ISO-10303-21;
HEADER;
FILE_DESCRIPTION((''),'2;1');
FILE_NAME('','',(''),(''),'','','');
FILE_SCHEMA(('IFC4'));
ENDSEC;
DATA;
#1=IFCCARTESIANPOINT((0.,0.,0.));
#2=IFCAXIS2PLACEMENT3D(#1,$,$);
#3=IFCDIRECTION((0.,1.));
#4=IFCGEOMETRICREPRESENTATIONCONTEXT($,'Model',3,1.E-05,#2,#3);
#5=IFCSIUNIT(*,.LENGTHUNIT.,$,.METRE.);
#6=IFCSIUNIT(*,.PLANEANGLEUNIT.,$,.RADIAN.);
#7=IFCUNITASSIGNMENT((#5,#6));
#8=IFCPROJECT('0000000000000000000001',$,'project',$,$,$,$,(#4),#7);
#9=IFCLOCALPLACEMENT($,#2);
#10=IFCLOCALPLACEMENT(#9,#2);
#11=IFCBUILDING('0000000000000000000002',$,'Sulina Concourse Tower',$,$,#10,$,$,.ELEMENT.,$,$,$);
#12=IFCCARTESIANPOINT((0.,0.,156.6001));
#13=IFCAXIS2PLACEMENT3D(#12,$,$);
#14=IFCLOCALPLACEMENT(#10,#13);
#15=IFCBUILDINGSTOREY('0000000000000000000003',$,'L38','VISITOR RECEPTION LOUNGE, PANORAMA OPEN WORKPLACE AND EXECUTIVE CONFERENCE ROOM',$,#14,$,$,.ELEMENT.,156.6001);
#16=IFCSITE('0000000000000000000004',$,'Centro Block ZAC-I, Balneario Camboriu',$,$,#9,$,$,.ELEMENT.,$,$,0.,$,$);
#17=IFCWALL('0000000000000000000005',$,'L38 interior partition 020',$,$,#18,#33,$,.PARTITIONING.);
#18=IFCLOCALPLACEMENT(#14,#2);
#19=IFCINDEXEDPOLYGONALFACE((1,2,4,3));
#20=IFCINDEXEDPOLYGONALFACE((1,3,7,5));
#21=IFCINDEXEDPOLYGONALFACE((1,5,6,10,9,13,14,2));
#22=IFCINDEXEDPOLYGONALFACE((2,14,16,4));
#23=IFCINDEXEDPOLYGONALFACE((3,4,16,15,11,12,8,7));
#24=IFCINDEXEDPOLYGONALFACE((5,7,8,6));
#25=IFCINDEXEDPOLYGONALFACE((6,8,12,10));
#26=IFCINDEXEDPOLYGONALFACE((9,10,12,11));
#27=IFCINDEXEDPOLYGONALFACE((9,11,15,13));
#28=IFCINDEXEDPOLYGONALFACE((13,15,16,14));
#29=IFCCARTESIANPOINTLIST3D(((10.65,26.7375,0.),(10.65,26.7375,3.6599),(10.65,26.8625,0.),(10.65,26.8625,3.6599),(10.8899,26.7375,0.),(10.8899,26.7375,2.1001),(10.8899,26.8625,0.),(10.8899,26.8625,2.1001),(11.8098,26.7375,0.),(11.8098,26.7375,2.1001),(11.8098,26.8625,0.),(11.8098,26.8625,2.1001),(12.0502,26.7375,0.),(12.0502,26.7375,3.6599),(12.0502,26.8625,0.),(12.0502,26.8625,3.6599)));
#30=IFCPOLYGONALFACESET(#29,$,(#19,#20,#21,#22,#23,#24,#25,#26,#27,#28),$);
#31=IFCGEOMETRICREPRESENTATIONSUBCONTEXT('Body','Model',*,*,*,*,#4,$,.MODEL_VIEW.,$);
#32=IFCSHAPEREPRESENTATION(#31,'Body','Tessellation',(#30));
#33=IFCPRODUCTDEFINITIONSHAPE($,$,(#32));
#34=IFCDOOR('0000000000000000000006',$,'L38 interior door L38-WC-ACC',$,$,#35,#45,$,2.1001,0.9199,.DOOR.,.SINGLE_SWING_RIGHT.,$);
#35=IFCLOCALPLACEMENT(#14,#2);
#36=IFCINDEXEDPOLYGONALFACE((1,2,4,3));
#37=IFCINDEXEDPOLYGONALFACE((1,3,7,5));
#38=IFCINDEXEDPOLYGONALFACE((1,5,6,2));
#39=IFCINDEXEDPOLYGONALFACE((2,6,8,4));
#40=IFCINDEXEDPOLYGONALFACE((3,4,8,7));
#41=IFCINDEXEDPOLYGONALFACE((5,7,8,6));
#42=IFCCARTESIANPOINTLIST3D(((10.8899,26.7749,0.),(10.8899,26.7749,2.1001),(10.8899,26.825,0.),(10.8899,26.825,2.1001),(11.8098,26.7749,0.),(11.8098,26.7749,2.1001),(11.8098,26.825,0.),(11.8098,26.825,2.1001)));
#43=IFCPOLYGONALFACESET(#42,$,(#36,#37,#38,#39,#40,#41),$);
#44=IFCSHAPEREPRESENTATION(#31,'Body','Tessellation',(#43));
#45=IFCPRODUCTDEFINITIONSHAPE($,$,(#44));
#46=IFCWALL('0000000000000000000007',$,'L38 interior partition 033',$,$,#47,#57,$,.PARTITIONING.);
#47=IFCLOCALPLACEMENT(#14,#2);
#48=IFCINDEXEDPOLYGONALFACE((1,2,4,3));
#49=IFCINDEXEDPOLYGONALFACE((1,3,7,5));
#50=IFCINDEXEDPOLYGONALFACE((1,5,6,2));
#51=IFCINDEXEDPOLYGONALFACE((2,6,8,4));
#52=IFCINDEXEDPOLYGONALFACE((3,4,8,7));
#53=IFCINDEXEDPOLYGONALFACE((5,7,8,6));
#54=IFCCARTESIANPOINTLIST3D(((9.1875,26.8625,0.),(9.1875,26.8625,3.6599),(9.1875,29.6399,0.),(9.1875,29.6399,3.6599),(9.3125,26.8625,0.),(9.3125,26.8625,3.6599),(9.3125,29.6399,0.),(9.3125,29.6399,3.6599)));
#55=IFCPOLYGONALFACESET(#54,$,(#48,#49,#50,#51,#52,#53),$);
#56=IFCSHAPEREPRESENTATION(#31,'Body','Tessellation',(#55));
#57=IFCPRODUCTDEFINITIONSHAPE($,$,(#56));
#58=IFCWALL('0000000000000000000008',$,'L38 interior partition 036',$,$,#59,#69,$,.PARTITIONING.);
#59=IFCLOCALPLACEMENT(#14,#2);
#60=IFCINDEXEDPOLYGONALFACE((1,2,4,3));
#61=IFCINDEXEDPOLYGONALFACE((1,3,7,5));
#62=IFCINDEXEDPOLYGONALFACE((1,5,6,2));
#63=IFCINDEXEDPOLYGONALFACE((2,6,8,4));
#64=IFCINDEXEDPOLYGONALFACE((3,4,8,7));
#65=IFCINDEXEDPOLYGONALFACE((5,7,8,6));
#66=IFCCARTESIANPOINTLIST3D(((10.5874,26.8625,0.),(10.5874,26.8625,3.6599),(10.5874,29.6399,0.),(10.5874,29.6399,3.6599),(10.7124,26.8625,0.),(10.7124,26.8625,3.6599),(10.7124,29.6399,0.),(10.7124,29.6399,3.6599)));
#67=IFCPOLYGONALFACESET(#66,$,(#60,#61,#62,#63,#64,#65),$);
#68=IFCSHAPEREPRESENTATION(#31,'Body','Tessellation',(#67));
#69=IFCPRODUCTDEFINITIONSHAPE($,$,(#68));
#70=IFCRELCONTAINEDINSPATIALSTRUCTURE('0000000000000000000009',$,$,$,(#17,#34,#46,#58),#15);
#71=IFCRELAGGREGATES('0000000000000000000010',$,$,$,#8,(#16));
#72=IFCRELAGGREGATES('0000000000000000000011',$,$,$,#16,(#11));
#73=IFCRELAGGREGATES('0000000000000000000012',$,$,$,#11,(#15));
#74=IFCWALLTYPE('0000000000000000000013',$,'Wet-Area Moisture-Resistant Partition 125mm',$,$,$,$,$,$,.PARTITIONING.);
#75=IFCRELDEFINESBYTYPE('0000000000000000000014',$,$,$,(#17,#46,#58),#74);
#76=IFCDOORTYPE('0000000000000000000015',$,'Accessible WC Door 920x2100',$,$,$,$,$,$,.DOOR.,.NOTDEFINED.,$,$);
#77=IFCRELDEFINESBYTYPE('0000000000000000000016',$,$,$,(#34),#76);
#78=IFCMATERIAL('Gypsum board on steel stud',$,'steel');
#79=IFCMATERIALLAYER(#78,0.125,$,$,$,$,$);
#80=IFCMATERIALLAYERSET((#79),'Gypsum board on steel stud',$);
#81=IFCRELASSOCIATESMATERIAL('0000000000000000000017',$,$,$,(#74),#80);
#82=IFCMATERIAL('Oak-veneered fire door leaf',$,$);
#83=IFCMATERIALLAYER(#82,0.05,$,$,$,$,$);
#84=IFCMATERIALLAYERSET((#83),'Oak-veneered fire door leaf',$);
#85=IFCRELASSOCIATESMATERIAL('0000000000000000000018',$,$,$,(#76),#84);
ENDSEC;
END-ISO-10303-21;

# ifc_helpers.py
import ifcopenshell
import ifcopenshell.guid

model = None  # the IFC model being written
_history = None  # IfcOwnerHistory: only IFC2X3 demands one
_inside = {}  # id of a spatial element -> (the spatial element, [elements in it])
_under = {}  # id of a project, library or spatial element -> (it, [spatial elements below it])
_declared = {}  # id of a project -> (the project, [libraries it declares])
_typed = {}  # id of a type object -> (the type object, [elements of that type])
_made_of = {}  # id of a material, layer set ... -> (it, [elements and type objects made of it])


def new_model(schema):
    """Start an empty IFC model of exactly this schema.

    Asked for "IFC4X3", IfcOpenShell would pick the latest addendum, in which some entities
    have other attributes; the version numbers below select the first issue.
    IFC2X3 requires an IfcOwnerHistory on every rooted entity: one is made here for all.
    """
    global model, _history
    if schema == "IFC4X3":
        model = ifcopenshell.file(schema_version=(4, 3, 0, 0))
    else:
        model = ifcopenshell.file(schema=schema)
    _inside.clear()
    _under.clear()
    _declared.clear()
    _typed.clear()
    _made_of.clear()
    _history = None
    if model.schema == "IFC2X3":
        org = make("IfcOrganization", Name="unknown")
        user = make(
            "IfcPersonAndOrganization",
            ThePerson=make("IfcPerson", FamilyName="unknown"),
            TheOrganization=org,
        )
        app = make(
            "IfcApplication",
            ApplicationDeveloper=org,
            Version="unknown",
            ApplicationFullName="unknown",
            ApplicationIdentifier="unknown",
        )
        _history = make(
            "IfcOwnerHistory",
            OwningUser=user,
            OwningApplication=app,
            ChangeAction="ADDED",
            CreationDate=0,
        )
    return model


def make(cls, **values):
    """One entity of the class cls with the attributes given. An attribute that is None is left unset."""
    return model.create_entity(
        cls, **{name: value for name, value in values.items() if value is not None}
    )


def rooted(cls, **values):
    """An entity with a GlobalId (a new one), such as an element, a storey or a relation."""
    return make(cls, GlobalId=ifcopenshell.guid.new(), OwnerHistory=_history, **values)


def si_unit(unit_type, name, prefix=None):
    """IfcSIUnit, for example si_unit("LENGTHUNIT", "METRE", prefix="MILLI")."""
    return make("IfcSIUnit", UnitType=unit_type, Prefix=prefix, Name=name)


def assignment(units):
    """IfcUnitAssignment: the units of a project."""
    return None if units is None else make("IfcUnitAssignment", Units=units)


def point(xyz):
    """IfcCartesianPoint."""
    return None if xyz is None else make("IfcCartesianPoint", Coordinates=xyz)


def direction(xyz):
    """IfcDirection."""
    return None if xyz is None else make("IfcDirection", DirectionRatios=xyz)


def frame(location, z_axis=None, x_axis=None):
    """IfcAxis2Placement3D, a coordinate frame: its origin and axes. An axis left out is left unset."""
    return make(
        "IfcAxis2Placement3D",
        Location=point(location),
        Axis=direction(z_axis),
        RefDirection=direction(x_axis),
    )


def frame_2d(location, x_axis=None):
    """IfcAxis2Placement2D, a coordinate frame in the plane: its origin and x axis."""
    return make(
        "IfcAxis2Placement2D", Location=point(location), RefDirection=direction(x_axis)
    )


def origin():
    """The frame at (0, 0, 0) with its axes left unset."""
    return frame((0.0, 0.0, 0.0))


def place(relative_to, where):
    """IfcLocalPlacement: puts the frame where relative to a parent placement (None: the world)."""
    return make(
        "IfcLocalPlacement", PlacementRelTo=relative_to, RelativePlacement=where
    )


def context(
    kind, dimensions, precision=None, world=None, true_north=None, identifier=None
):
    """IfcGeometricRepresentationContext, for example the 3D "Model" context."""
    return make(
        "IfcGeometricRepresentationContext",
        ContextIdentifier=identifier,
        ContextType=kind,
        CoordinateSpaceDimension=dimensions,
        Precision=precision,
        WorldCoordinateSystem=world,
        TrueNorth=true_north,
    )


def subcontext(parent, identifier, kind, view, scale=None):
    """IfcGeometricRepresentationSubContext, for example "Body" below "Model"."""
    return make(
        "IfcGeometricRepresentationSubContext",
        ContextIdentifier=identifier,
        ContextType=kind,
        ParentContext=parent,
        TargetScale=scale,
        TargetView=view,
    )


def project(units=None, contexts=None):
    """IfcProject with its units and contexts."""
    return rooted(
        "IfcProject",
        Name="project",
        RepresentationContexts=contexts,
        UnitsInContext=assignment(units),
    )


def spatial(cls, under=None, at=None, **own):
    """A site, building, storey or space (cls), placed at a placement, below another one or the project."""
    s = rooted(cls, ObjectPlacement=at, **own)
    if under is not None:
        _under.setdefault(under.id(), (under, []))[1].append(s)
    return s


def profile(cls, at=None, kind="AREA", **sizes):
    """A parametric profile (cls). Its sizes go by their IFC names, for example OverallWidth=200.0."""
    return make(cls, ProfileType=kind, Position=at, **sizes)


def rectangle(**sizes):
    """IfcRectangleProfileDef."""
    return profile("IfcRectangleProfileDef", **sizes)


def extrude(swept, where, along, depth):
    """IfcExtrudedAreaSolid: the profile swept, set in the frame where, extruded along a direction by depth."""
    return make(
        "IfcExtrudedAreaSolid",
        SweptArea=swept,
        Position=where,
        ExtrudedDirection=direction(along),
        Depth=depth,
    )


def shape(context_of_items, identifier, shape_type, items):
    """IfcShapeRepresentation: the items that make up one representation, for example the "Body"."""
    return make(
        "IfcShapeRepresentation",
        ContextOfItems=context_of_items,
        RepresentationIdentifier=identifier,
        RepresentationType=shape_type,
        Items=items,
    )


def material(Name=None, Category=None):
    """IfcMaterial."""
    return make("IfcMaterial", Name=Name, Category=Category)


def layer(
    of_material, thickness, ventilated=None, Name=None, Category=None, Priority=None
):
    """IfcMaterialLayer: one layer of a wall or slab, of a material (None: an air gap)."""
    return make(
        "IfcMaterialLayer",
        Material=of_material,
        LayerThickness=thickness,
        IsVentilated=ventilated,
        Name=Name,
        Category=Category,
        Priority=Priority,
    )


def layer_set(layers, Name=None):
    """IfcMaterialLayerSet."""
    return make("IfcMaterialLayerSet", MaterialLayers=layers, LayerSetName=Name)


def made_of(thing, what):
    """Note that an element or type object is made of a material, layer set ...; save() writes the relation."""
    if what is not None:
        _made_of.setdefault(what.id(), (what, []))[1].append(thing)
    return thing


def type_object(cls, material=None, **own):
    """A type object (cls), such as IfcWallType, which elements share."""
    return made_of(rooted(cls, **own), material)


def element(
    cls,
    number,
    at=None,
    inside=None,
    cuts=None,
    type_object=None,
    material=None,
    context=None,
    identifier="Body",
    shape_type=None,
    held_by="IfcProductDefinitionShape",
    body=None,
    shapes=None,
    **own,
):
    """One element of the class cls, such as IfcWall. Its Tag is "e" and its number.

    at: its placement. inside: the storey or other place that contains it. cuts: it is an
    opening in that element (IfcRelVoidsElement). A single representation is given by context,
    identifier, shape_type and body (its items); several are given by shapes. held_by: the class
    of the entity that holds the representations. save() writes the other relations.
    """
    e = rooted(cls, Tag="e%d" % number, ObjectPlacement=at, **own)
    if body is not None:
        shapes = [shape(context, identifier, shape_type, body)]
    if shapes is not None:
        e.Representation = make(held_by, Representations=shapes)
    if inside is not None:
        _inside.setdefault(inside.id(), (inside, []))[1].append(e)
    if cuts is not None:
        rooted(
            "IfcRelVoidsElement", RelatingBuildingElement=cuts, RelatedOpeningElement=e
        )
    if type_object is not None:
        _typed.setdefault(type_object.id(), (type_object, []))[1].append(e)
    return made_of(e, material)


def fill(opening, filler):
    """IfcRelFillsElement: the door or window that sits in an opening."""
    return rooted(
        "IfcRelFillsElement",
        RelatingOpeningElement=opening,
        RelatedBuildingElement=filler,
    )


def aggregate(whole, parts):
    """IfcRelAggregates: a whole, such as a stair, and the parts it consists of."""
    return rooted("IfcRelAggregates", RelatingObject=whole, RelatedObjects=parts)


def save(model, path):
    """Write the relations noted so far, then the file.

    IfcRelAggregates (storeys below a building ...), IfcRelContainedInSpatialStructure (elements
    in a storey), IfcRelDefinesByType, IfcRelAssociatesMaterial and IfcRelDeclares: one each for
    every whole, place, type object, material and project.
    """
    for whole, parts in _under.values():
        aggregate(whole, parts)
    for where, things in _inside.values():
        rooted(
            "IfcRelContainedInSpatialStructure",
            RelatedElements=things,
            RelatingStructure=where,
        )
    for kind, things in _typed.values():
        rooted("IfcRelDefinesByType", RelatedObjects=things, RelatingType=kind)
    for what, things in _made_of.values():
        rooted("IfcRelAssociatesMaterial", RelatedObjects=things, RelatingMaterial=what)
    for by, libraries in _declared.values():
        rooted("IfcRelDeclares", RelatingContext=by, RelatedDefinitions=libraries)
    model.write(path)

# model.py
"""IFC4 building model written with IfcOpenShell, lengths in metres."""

from ifc_helpers import new_model, si_unit, direction, frame, frame_2d, origin, place, context, subcontext, project, spatial, rectangle, extrude, material, layer, layer_set, type_object, element, fill, save


model = new_model("IFC4")

# Units and contexts
model_context = context("Model", 3, precision=1e-05, world=origin(), true_north=direction((0.0, 1.0)))
body_context = subcontext(model_context, "Body", "Model", "MODEL_VIEW")
ifc_project = project(units=[si_unit("LENGTHUNIT", "METRE"), si_unit("PLANEANGLEUNIT", "RADIAN")], contexts=[model_context])

# Site, building, storey
site_placement = place(None, origin())
site = spatial("IfcSite", under=ifc_project, at=site_placement, Name="Centro Block ZAC-I, Balneario Camboriu", CompositionType="ELEMENT", RefElevation=0.0)
building_placement = place(site_placement, origin())
building = spatial("IfcBuilding", under=site, at=building_placement, Name="Sulina Concourse Tower", CompositionType="ELEMENT")
storey_placement = place(building_placement, frame((0.0, 0.0, 156.6001)))
storey = spatial("IfcBuildingStorey", under=building, at=storey_placement, Name="L38", Description="VISITOR RECEPTION LOUNGE, PANORAMA OPEN WORKPLACE AND EXECUTIVE CONFERENCE ROOM", CompositionType="ELEMENT", Elevation=156.6001)

# Wall, opening, door
ifc_material_1 = material(Name="Gypsum board on steel stud", Category="steel")
ifc_layer_1 = layer(ifc_material_1, 0.125)
ifc_layer_set_1 = layer_set([ifc_layer_1], Name="Gypsum board on steel stud")
wall_type_1 = type_object("IfcWallType", Name="Wet-Area Moisture-Resistant Partition 125mm", PredefinedType="PARTITIONING", material=ifc_layer_set_1)
wall_1_placement = place(storey_placement, frame((10.6499, 26.8, 0.0), z_axis=(0.0, 0.0, 1.0), x_axis=(1.0, 0.0, 0.0)))
wall_1 = element("IfcWall", 1, at=wall_1_placement, inside=storey, type_object=wall_type_1, Name="L38 interior partition 020", PredefinedType="PARTITIONING", context=body_context, shape_type="SweptSolid", body=[
    extrude(rectangle(XDim=1.4001, YDim=0.125, at=frame_2d((0.7002, 0.0))), origin(), (0.0, 0.0, 1.0), 3.6599),
])
opening_1_placement = place(wall_1_placement, frame((0.24, 0.0, 0.0)))
opening_1 = element("IfcOpeningElement", 2, at=opening_1_placement, cuts=wall_1, PredefinedType="OPENING", context=body_context, shape_type="SweptSolid", body=[
    extrude(rectangle(XDim=0.9199, YDim=2.1001, at=frame_2d((0.46, 1.05))), frame((0.0, 0.0725, 0.0), z_axis=(0.0, -1.0, 0.0), x_axis=(1.0, 0.0, 0.0)), (0.0, 0.0, 1.0), 0.145),
])
ifc_material_2 = material(Name="Oak-veneered fire door leaf")
ifc_layer_2 = layer(ifc_material_2, 0.05)
ifc_layer_set_2 = layer_set([ifc_layer_2], Name="Oak-veneered fire door leaf")
door_type_1 = type_object("IfcDoorType", Name="Accessible WC Door 920x2100", OperationType="NOTDEFINED", PredefinedType="DOOR", material=ifc_layer_set_2)
door_1_placement = place(opening_1_placement, origin())
door_1 = element("IfcDoor", 3, at=door_1_placement, inside=storey, type_object=door_type_1, Name="L38 interior door L38-WC-ACC", OperationType="SINGLE_SWING_RIGHT", OverallHeight=2.1001, OverallWidth=0.9199, PredefinedType="DOOR", context=body_context, shape_type="SweptSolid", body=[
    extrude(rectangle(XDim=0.9199, YDim=2.1001, at=frame_2d((0.46, 1.05))), frame((0.0, 0.0249, 0.0), z_axis=(0.0, -1.0, 0.0), x_axis=(1.0, 0.0, 0.0)), (0.0, 0.0, 1.0), 0.05),
])
fill(opening_1, door_1)

# Walls
for number, where, z_axis, x_axis, name in (
    (4, (9.25, 26.8625, 0.0), (0.0, 0.0, 1.0), (0.0, 1.0, 0.0), "L38 interior partition 033"),
    (5, (10.6499, 26.8625, 0.0), (0.0, 0.0, 1.0), (0.0, 1.0, 0.0), "L38 interior partition 036"),
):
    element("IfcWall", number, at=place(storey_placement, frame(where, z_axis=z_axis, x_axis=x_axis)), inside=storey, type_object=wall_type_1, Name=name, PredefinedType="PARTITIONING", context=body_context, shape_type="SweptSolid", body=[
        extrude(rectangle(XDim=2.7773, YDim=0.125, at=frame_2d((1.3887, 0.0))), origin(), (0.0, 0.0, 1.0), 3.6599),
    ])

save(model, "model.ifc")
